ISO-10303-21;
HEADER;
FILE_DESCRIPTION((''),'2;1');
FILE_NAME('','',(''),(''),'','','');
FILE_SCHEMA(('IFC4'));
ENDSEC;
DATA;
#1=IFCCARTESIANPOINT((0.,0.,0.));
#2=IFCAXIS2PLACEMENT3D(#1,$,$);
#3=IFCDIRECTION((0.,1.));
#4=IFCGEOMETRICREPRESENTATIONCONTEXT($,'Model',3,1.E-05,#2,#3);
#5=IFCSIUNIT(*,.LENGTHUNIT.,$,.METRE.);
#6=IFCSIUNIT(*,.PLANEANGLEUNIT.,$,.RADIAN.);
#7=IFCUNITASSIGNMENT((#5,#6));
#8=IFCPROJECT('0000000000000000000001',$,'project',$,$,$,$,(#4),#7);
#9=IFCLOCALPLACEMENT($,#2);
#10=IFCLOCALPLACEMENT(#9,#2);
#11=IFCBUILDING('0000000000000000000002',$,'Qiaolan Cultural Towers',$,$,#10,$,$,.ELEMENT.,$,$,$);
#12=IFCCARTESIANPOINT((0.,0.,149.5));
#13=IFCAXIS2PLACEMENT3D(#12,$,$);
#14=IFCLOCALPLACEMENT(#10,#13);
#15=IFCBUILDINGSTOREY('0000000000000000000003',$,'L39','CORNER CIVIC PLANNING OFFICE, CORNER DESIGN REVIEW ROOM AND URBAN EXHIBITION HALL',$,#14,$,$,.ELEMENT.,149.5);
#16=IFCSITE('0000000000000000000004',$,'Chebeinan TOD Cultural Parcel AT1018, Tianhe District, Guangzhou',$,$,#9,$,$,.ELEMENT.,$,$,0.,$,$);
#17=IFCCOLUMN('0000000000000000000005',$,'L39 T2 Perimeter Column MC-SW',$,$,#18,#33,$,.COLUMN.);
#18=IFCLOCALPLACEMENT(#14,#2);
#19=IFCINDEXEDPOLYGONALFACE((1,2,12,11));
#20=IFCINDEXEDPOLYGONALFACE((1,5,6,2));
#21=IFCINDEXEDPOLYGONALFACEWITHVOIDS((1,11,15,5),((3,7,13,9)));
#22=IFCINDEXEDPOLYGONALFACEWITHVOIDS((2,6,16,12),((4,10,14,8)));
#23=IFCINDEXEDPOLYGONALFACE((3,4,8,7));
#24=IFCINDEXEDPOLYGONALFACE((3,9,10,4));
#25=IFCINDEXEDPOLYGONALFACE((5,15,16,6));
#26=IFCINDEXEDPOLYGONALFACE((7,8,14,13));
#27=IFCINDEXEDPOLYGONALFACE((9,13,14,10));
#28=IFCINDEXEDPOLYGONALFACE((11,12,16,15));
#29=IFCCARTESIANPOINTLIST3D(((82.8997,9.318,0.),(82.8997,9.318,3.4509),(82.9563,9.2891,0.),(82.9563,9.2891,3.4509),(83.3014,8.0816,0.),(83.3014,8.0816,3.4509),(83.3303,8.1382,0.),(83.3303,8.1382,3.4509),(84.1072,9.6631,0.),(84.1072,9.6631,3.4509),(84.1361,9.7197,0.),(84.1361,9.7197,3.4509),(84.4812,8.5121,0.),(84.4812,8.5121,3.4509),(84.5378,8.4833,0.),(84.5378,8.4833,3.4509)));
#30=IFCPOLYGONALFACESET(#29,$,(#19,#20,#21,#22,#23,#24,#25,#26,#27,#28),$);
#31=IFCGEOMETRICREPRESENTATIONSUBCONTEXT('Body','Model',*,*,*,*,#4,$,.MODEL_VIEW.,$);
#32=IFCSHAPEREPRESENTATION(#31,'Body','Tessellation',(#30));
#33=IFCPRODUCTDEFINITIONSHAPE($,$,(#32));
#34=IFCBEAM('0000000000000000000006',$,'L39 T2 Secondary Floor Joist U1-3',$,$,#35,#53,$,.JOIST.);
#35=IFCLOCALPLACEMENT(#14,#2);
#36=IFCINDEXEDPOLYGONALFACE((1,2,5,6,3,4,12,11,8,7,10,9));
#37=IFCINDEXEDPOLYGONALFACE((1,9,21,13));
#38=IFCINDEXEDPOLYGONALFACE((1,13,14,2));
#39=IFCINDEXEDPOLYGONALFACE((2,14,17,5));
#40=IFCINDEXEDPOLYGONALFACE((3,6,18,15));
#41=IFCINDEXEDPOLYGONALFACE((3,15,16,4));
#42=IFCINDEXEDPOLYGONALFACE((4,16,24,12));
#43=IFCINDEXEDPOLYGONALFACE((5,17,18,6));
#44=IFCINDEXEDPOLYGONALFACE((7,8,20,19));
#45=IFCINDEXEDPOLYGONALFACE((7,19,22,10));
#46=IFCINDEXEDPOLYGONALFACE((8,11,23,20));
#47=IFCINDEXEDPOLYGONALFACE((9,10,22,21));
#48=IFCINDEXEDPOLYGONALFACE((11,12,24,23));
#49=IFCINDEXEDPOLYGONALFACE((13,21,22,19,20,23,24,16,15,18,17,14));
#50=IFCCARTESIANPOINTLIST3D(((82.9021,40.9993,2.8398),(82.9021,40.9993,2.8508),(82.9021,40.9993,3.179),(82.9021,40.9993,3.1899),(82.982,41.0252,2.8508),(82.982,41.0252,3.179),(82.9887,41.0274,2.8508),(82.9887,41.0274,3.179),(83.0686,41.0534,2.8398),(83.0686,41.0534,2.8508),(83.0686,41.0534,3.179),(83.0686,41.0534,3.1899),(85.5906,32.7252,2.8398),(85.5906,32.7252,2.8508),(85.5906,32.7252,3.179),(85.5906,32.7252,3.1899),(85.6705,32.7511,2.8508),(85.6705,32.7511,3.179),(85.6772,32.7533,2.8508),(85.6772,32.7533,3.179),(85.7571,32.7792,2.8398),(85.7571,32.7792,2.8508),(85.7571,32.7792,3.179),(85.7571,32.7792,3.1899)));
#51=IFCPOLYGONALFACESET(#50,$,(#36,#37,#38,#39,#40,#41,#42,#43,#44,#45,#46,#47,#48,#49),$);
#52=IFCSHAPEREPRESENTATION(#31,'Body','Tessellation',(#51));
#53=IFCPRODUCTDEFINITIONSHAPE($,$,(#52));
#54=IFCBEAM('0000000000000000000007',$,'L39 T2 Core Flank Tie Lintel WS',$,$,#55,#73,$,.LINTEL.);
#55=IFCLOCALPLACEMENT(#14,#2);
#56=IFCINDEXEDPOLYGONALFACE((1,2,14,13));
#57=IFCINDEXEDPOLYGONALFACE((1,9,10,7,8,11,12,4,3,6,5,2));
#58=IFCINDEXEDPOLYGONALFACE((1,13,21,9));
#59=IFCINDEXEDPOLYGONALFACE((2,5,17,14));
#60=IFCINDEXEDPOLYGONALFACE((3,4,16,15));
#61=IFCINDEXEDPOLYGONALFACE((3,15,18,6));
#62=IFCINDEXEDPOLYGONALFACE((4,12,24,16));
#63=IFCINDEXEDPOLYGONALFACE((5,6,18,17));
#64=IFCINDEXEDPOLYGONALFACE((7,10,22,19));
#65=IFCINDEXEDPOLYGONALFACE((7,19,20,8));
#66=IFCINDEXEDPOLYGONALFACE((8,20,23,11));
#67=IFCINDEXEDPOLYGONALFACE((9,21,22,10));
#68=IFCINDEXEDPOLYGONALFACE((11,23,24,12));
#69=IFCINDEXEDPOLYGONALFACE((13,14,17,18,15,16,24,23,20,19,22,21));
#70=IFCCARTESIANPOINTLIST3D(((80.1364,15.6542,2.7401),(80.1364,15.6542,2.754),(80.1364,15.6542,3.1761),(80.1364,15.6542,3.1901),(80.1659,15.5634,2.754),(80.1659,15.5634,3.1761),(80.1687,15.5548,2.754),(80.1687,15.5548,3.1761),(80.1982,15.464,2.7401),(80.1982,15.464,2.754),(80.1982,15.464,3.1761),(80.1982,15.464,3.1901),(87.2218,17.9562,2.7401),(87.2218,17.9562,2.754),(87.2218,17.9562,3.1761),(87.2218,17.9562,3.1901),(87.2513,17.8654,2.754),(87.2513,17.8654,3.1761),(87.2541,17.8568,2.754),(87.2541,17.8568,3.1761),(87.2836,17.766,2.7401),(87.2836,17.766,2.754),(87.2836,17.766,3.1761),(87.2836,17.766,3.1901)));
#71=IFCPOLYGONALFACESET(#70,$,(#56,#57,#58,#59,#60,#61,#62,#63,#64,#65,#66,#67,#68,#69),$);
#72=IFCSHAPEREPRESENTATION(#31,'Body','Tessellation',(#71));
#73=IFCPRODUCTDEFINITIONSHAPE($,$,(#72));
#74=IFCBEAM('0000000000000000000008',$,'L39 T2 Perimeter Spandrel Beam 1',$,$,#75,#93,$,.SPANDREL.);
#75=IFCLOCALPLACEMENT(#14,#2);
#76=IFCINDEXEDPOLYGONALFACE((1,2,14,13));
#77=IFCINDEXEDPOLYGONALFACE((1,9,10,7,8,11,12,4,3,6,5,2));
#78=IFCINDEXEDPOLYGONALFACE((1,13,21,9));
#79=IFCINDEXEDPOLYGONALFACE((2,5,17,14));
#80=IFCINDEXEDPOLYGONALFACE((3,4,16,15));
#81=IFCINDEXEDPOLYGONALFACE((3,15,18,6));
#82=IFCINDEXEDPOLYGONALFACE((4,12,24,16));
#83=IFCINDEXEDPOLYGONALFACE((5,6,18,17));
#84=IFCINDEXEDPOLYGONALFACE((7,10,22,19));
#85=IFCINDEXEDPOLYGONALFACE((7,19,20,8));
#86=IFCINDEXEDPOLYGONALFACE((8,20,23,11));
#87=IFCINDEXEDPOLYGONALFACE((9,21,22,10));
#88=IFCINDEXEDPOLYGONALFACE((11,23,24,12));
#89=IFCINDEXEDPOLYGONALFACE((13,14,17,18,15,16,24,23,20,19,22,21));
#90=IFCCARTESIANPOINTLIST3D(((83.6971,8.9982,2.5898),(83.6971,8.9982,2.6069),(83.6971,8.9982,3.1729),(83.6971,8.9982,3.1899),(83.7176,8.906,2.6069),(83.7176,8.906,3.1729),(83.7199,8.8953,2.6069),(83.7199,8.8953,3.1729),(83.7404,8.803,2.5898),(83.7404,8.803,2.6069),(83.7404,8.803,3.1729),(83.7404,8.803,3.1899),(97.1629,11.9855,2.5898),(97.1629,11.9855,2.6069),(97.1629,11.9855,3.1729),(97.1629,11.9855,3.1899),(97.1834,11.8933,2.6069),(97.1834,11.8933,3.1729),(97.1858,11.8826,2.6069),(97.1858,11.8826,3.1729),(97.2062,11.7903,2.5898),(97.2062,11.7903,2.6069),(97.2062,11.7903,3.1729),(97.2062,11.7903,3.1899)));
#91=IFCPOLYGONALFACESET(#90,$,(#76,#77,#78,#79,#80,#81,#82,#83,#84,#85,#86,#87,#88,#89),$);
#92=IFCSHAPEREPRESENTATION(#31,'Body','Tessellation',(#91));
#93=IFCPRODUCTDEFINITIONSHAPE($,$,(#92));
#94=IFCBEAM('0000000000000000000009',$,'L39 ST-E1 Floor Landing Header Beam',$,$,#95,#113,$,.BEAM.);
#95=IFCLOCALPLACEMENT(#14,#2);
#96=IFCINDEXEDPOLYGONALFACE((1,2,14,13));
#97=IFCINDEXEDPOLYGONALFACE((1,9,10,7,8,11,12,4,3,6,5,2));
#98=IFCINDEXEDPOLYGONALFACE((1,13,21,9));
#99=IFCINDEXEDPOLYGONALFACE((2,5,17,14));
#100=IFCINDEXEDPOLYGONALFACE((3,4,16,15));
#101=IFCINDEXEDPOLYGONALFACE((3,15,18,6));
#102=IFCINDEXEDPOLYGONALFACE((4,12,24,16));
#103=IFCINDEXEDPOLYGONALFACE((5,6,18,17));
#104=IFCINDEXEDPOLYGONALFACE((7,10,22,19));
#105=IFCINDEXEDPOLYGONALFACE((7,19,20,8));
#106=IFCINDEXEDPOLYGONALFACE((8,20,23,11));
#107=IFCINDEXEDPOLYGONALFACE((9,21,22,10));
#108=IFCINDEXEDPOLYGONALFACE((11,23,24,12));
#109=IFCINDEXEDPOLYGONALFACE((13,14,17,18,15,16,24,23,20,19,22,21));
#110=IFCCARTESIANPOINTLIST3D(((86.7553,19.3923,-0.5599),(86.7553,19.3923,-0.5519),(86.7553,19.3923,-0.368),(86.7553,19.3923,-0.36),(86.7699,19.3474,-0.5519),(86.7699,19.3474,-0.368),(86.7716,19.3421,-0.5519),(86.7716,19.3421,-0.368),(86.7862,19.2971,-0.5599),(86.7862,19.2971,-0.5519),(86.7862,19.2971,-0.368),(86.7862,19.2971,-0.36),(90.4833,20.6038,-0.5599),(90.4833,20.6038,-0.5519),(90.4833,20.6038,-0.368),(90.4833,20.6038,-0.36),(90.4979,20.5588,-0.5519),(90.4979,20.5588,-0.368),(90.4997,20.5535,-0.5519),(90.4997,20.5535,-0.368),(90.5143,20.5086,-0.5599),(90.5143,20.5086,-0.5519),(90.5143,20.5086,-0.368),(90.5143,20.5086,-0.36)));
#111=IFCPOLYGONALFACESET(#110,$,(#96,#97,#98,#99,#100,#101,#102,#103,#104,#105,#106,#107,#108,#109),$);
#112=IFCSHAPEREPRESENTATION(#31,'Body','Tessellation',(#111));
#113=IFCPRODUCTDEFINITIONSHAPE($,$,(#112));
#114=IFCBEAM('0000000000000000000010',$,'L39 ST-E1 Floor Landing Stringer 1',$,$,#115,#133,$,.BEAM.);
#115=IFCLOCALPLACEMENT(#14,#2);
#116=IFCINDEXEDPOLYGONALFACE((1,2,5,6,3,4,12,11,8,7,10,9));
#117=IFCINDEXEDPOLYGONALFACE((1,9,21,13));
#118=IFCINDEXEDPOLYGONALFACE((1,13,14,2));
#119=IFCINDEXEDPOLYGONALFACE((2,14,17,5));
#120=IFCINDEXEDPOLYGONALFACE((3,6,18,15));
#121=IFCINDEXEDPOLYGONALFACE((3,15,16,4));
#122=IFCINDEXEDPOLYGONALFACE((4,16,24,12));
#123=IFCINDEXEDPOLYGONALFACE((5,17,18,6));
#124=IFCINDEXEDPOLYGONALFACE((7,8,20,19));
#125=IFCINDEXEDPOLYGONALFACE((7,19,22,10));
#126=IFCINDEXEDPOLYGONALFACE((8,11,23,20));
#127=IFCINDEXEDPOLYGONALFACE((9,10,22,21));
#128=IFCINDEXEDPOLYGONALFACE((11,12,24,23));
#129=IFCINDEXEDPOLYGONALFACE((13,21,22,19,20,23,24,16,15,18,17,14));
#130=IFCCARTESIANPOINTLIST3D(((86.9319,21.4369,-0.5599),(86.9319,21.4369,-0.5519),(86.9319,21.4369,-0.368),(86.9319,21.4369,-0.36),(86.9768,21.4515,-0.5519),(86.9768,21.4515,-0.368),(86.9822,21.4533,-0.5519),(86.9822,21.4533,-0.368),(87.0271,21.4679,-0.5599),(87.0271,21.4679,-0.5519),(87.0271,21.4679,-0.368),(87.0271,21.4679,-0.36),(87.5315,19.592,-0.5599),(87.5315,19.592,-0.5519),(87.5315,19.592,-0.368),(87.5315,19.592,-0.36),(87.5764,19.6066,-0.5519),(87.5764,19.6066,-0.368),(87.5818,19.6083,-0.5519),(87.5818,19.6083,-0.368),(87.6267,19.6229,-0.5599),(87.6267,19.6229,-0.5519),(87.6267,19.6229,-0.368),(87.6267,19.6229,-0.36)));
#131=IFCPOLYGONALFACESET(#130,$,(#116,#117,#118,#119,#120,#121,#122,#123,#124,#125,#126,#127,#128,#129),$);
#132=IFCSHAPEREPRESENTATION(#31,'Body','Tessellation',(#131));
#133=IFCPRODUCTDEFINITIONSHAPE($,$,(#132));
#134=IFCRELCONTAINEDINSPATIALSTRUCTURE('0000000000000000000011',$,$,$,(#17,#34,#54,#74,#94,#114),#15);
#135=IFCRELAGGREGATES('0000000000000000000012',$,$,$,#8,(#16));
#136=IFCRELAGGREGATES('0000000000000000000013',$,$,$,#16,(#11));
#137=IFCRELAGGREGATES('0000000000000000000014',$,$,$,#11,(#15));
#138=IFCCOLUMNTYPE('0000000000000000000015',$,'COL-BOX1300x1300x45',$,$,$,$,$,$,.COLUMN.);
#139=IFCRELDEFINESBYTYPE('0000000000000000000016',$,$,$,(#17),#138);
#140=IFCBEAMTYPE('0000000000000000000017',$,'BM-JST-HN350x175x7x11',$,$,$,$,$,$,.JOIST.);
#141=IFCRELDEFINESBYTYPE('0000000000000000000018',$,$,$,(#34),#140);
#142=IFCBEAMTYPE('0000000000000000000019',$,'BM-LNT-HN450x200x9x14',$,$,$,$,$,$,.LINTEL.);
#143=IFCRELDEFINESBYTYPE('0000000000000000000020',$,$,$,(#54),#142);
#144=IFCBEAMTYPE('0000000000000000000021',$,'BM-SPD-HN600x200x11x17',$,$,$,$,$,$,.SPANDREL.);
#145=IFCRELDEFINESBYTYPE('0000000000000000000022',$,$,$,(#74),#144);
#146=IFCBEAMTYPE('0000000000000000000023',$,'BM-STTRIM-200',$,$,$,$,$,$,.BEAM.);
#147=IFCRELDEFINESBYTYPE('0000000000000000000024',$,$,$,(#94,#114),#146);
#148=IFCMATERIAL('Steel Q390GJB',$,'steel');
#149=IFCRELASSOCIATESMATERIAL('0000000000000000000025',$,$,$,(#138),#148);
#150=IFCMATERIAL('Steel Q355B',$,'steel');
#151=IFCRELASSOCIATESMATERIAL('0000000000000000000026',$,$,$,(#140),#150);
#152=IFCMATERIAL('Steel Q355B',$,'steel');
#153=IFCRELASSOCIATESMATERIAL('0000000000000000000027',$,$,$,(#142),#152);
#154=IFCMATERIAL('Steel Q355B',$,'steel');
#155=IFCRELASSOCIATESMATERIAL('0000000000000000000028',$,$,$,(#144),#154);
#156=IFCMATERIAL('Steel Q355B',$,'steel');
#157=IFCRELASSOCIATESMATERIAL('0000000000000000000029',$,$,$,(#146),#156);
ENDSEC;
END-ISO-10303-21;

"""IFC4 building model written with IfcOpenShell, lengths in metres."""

from ifc_helpers import new_model, si_unit, direction, frame, origin, origin_2d, place, context, subcontext, project, spatial, hollow_rectangle, i_section, extrude, material, material_profile, profile_set, type_object, element, save


model = new_model("IFC4")

# Units and contexts
model_context = context("Model", 3, precision=1e-05, world=origin(), true_north=direction((0.0, 1.0)))
body_context = subcontext(model_context, "Body", "Model", "MODEL_VIEW")
ifc_project = project(units=[si_unit("LENGTHUNIT", "METRE"), si_unit("PLANEANGLEUNIT", "RADIAN")], contexts=[model_context])

# Site, building, storey
site_placement = place(None, origin())
site = spatial("IfcSite", under=ifc_project, at=site_placement, Name="Chebeinan TOD Cultural Parcel AT1018, Tianhe District, Guangzhou", CompositionType="ELEMENT", RefElevation=0.0)
building_placement = place(site_placement, origin())
building = spatial("IfcBuilding", under=site, at=building_placement, Name="Qiaolan Cultural Towers", CompositionType="ELEMENT")
storey_placement = place(building_placement, frame((0.0, 0.0, 149.5)))
storey = spatial("IfcBuildingStorey", under=building, at=storey_placement, Name="L39", Description="CORNER CIVIC PLANNING OFFICE, CORNER DESIGN REVIEW ROOM AND URBAN EXHIBITION HALL", CompositionType="ELEMENT", Elevation=149.5)

# Column
ifc_material_1 = material(Name="Steel Q390GJB", Category="steel")
ifc_material_profile_1 = material_profile(ifc_material_1, hollow_rectangle(XDim=1.3, YDim=1.3, WallThickness=0.0449, at=origin_2d()), Name="BOX1300x1300x45")
ifc_profile_set_1 = profile_set([ifc_material_profile_1], Name="Steel Q390GJB")
column_type = type_object("IfcColumnType", Name="COL-BOX1300x1300x45", PredefinedType="COLUMN", material=ifc_profile_set_1)
column_placement = place(storey_placement, frame((83.7188, 8.9006, 0.0), z_axis=(0.0, 0.0, 1.0), x_axis=(0.951057, 0.309017, 0.0)))
element("IfcColumn", 1, at=column_placement, inside=storey, type_object=column_type, Name="L39 T2 Perimeter Column MC-SW", PredefinedType="COLUMN", context=body_context, shape_type="SweptSolid", body=[
    extrude(hollow_rectangle(XDim=1.3, YDim=1.3, WallThickness=0.0449, at=origin_2d()), origin(), (0.0, 0.0, 1.0), 3.4509),
])

# Beams
ifc_material_2 = material(Name="Steel Q355B", Category="steel")
ifc_material_profile_2 = material_profile(ifc_material_2, i_section(OverallWidth=0.175, OverallDepth=0.3501, WebThickness=0.0071, FlangeThickness=0.011, at=origin_2d()), Name="HN350x175x7x11")
ifc_profile_set_2 = profile_set([ifc_material_profile_2], Name="Steel Q355B")
beam_type_1 = type_object("IfcBeamType", Name="BM-JST-HN350x175x7x11", PredefinedType="JOIST", material=ifc_profile_set_2)
beam_1_placement = place(storey_placement, frame((85.6738, 32.7522, 3.0149), z_axis=(-0.309021, 0.951055, 0.0), x_axis=(-0.951055, -0.309021, 0.0)))
element("IfcBeam", 2, at=beam_1_placement, inside=storey, type_object=beam_type_1, Name="L39 T2 Secondary Floor Joist U1-3", PredefinedType="JOIST", context=body_context, shape_type="SweptSolid", body=[
    extrude(i_section(OverallWidth=0.175, OverallDepth=0.3501, WebThickness=0.0071, FlangeThickness=0.011, at=origin_2d()), origin(), (0.0, 0.0, 1.0), 8.7),
])
ifc_material_3 = material(Name="Steel Q355B", Category="steel")
ifc_material_profile_3 = material_profile(ifc_material_3, i_section(OverallWidth=0.2, OverallDepth=0.45, WebThickness=0.009, FlangeThickness=0.0139, at=origin_2d()), Name="HN450x200x9x14")
ifc_profile_set_3 = profile_set([ifc_material_profile_3], Name="Steel Q355B")
beam_type_2 = type_object("IfcBeamType", Name="BM-LNT-HN450x200x9x14", PredefinedType="LINTEL", material=ifc_profile_set_3)
beam_2_placement = place(storey_placement, frame((87.2527, 17.8611, 2.9651), z_axis=(-0.951064, -0.308993, 0.0), x_axis=(0.308993, -0.951064, 0.0)))
element("IfcBeam", 3, at=beam_2_placement, inside=storey, type_object=beam_type_2, Name="L39 T2 Core Flank Tie Lintel WS", PredefinedType="LINTEL", context=body_context, shape_type="SweptSolid", body=[
    extrude(i_section(OverallWidth=0.2, OverallDepth=0.45, WebThickness=0.009, FlangeThickness=0.0139, at=origin_2d()), origin(), (0.0, 0.0, 1.0), 7.45),
])
ifc_material_4 = material(Name="Steel Q355B", Category="steel")
ifc_material_profile_4 = material_profile(ifc_material_4, i_section(OverallWidth=0.2, OverallDepth=0.6001, WebThickness=0.011, FlangeThickness=0.0171, at=origin_2d()), Name="HN600x200x11x17")
ifc_profile_set_4 = profile_set([ifc_material_profile_4], Name="Steel Q355B")
beam_type_3 = type_object("IfcBeamType", Name="BM-SPD-HN600x200x11x17", PredefinedType="SPANDREL", material=ifc_profile_set_4)
beam_3_placement = place(storey_placement, frame((83.7188, 8.9006, 2.8899), z_axis=(0.976265, 0.216578, 0.0), x_axis=(-0.216578, 0.976265, 0.0)))
element("IfcBeam", 4, at=beam_3_placement, inside=storey, type_object=beam_type_3, Name="L39 T2 Perimeter Spandrel Beam 1", PredefinedType="SPANDREL", context=body_context, shape_type="SweptSolid", body=[
    extrude(i_section(OverallWidth=0.2, OverallDepth=0.6001, WebThickness=0.011, FlangeThickness=0.0171, at=origin_2d()), origin(), (0.0, 0.0, 1.0), 13.7932),
])
ifc_material_5 = material(Name="Steel Q355B", Category="steel")
ifc_material_profile_5 = material_profile(ifc_material_5, i_section(OverallWidth=0.1001, OverallDepth=0.2, WebThickness=0.0056, FlangeThickness=0.0081, at=origin_2d()), Name="HN200x100x5.5x8")
ifc_profile_set_5 = profile_set([ifc_material_profile_5], Name="Steel Q355B")
beam_type_4 = type_object("IfcBeamType", Name="BM-STTRIM-200", PredefinedType="BEAM", material=ifc_profile_set_5)
beam_4_placement = place(storey_placement, frame((86.7708, 19.3447, -0.46), z_axis=(0.951048, 0.309044, 0.0), x_axis=(-0.309044, 0.951048, 0.0)))
element("IfcBeam", 5, at=beam_4_placement, inside=storey, type_object=beam_type_4, Name="L39 ST-E1 Floor Landing Header Beam", PredefinedType="BEAM", context=body_context, shape_type="SweptSolid", body=[
    extrude(i_section(OverallWidth=0.1001, OverallDepth=0.2, WebThickness=0.0056, FlangeThickness=0.0081, at=origin_2d()), origin(), (0.0, 0.0, 1.0), 3.9199),
])
beam_5_placement = place(storey_placement, frame((86.9795, 21.4524, -0.46), z_axis=(0.309083, -0.951035, 0.0), x_axis=(0.951035, 0.309083, 0.0)))
element("IfcBeam", 6, at=beam_5_placement, inside=storey, type_object=beam_type_4, Name="L39 ST-E1 Floor Landing Stringer 1", PredefinedType="BEAM", context=body_context, shape_type="SweptSolid", body=[
    extrude(i_section(OverallWidth=0.1001, OverallDepth=0.2, WebThickness=0.0056, FlangeThickness=0.0081, at=origin_2d()), origin(), (0.0, 0.0, 1.0), 1.9399),
])

save(model, "model.ifc")
